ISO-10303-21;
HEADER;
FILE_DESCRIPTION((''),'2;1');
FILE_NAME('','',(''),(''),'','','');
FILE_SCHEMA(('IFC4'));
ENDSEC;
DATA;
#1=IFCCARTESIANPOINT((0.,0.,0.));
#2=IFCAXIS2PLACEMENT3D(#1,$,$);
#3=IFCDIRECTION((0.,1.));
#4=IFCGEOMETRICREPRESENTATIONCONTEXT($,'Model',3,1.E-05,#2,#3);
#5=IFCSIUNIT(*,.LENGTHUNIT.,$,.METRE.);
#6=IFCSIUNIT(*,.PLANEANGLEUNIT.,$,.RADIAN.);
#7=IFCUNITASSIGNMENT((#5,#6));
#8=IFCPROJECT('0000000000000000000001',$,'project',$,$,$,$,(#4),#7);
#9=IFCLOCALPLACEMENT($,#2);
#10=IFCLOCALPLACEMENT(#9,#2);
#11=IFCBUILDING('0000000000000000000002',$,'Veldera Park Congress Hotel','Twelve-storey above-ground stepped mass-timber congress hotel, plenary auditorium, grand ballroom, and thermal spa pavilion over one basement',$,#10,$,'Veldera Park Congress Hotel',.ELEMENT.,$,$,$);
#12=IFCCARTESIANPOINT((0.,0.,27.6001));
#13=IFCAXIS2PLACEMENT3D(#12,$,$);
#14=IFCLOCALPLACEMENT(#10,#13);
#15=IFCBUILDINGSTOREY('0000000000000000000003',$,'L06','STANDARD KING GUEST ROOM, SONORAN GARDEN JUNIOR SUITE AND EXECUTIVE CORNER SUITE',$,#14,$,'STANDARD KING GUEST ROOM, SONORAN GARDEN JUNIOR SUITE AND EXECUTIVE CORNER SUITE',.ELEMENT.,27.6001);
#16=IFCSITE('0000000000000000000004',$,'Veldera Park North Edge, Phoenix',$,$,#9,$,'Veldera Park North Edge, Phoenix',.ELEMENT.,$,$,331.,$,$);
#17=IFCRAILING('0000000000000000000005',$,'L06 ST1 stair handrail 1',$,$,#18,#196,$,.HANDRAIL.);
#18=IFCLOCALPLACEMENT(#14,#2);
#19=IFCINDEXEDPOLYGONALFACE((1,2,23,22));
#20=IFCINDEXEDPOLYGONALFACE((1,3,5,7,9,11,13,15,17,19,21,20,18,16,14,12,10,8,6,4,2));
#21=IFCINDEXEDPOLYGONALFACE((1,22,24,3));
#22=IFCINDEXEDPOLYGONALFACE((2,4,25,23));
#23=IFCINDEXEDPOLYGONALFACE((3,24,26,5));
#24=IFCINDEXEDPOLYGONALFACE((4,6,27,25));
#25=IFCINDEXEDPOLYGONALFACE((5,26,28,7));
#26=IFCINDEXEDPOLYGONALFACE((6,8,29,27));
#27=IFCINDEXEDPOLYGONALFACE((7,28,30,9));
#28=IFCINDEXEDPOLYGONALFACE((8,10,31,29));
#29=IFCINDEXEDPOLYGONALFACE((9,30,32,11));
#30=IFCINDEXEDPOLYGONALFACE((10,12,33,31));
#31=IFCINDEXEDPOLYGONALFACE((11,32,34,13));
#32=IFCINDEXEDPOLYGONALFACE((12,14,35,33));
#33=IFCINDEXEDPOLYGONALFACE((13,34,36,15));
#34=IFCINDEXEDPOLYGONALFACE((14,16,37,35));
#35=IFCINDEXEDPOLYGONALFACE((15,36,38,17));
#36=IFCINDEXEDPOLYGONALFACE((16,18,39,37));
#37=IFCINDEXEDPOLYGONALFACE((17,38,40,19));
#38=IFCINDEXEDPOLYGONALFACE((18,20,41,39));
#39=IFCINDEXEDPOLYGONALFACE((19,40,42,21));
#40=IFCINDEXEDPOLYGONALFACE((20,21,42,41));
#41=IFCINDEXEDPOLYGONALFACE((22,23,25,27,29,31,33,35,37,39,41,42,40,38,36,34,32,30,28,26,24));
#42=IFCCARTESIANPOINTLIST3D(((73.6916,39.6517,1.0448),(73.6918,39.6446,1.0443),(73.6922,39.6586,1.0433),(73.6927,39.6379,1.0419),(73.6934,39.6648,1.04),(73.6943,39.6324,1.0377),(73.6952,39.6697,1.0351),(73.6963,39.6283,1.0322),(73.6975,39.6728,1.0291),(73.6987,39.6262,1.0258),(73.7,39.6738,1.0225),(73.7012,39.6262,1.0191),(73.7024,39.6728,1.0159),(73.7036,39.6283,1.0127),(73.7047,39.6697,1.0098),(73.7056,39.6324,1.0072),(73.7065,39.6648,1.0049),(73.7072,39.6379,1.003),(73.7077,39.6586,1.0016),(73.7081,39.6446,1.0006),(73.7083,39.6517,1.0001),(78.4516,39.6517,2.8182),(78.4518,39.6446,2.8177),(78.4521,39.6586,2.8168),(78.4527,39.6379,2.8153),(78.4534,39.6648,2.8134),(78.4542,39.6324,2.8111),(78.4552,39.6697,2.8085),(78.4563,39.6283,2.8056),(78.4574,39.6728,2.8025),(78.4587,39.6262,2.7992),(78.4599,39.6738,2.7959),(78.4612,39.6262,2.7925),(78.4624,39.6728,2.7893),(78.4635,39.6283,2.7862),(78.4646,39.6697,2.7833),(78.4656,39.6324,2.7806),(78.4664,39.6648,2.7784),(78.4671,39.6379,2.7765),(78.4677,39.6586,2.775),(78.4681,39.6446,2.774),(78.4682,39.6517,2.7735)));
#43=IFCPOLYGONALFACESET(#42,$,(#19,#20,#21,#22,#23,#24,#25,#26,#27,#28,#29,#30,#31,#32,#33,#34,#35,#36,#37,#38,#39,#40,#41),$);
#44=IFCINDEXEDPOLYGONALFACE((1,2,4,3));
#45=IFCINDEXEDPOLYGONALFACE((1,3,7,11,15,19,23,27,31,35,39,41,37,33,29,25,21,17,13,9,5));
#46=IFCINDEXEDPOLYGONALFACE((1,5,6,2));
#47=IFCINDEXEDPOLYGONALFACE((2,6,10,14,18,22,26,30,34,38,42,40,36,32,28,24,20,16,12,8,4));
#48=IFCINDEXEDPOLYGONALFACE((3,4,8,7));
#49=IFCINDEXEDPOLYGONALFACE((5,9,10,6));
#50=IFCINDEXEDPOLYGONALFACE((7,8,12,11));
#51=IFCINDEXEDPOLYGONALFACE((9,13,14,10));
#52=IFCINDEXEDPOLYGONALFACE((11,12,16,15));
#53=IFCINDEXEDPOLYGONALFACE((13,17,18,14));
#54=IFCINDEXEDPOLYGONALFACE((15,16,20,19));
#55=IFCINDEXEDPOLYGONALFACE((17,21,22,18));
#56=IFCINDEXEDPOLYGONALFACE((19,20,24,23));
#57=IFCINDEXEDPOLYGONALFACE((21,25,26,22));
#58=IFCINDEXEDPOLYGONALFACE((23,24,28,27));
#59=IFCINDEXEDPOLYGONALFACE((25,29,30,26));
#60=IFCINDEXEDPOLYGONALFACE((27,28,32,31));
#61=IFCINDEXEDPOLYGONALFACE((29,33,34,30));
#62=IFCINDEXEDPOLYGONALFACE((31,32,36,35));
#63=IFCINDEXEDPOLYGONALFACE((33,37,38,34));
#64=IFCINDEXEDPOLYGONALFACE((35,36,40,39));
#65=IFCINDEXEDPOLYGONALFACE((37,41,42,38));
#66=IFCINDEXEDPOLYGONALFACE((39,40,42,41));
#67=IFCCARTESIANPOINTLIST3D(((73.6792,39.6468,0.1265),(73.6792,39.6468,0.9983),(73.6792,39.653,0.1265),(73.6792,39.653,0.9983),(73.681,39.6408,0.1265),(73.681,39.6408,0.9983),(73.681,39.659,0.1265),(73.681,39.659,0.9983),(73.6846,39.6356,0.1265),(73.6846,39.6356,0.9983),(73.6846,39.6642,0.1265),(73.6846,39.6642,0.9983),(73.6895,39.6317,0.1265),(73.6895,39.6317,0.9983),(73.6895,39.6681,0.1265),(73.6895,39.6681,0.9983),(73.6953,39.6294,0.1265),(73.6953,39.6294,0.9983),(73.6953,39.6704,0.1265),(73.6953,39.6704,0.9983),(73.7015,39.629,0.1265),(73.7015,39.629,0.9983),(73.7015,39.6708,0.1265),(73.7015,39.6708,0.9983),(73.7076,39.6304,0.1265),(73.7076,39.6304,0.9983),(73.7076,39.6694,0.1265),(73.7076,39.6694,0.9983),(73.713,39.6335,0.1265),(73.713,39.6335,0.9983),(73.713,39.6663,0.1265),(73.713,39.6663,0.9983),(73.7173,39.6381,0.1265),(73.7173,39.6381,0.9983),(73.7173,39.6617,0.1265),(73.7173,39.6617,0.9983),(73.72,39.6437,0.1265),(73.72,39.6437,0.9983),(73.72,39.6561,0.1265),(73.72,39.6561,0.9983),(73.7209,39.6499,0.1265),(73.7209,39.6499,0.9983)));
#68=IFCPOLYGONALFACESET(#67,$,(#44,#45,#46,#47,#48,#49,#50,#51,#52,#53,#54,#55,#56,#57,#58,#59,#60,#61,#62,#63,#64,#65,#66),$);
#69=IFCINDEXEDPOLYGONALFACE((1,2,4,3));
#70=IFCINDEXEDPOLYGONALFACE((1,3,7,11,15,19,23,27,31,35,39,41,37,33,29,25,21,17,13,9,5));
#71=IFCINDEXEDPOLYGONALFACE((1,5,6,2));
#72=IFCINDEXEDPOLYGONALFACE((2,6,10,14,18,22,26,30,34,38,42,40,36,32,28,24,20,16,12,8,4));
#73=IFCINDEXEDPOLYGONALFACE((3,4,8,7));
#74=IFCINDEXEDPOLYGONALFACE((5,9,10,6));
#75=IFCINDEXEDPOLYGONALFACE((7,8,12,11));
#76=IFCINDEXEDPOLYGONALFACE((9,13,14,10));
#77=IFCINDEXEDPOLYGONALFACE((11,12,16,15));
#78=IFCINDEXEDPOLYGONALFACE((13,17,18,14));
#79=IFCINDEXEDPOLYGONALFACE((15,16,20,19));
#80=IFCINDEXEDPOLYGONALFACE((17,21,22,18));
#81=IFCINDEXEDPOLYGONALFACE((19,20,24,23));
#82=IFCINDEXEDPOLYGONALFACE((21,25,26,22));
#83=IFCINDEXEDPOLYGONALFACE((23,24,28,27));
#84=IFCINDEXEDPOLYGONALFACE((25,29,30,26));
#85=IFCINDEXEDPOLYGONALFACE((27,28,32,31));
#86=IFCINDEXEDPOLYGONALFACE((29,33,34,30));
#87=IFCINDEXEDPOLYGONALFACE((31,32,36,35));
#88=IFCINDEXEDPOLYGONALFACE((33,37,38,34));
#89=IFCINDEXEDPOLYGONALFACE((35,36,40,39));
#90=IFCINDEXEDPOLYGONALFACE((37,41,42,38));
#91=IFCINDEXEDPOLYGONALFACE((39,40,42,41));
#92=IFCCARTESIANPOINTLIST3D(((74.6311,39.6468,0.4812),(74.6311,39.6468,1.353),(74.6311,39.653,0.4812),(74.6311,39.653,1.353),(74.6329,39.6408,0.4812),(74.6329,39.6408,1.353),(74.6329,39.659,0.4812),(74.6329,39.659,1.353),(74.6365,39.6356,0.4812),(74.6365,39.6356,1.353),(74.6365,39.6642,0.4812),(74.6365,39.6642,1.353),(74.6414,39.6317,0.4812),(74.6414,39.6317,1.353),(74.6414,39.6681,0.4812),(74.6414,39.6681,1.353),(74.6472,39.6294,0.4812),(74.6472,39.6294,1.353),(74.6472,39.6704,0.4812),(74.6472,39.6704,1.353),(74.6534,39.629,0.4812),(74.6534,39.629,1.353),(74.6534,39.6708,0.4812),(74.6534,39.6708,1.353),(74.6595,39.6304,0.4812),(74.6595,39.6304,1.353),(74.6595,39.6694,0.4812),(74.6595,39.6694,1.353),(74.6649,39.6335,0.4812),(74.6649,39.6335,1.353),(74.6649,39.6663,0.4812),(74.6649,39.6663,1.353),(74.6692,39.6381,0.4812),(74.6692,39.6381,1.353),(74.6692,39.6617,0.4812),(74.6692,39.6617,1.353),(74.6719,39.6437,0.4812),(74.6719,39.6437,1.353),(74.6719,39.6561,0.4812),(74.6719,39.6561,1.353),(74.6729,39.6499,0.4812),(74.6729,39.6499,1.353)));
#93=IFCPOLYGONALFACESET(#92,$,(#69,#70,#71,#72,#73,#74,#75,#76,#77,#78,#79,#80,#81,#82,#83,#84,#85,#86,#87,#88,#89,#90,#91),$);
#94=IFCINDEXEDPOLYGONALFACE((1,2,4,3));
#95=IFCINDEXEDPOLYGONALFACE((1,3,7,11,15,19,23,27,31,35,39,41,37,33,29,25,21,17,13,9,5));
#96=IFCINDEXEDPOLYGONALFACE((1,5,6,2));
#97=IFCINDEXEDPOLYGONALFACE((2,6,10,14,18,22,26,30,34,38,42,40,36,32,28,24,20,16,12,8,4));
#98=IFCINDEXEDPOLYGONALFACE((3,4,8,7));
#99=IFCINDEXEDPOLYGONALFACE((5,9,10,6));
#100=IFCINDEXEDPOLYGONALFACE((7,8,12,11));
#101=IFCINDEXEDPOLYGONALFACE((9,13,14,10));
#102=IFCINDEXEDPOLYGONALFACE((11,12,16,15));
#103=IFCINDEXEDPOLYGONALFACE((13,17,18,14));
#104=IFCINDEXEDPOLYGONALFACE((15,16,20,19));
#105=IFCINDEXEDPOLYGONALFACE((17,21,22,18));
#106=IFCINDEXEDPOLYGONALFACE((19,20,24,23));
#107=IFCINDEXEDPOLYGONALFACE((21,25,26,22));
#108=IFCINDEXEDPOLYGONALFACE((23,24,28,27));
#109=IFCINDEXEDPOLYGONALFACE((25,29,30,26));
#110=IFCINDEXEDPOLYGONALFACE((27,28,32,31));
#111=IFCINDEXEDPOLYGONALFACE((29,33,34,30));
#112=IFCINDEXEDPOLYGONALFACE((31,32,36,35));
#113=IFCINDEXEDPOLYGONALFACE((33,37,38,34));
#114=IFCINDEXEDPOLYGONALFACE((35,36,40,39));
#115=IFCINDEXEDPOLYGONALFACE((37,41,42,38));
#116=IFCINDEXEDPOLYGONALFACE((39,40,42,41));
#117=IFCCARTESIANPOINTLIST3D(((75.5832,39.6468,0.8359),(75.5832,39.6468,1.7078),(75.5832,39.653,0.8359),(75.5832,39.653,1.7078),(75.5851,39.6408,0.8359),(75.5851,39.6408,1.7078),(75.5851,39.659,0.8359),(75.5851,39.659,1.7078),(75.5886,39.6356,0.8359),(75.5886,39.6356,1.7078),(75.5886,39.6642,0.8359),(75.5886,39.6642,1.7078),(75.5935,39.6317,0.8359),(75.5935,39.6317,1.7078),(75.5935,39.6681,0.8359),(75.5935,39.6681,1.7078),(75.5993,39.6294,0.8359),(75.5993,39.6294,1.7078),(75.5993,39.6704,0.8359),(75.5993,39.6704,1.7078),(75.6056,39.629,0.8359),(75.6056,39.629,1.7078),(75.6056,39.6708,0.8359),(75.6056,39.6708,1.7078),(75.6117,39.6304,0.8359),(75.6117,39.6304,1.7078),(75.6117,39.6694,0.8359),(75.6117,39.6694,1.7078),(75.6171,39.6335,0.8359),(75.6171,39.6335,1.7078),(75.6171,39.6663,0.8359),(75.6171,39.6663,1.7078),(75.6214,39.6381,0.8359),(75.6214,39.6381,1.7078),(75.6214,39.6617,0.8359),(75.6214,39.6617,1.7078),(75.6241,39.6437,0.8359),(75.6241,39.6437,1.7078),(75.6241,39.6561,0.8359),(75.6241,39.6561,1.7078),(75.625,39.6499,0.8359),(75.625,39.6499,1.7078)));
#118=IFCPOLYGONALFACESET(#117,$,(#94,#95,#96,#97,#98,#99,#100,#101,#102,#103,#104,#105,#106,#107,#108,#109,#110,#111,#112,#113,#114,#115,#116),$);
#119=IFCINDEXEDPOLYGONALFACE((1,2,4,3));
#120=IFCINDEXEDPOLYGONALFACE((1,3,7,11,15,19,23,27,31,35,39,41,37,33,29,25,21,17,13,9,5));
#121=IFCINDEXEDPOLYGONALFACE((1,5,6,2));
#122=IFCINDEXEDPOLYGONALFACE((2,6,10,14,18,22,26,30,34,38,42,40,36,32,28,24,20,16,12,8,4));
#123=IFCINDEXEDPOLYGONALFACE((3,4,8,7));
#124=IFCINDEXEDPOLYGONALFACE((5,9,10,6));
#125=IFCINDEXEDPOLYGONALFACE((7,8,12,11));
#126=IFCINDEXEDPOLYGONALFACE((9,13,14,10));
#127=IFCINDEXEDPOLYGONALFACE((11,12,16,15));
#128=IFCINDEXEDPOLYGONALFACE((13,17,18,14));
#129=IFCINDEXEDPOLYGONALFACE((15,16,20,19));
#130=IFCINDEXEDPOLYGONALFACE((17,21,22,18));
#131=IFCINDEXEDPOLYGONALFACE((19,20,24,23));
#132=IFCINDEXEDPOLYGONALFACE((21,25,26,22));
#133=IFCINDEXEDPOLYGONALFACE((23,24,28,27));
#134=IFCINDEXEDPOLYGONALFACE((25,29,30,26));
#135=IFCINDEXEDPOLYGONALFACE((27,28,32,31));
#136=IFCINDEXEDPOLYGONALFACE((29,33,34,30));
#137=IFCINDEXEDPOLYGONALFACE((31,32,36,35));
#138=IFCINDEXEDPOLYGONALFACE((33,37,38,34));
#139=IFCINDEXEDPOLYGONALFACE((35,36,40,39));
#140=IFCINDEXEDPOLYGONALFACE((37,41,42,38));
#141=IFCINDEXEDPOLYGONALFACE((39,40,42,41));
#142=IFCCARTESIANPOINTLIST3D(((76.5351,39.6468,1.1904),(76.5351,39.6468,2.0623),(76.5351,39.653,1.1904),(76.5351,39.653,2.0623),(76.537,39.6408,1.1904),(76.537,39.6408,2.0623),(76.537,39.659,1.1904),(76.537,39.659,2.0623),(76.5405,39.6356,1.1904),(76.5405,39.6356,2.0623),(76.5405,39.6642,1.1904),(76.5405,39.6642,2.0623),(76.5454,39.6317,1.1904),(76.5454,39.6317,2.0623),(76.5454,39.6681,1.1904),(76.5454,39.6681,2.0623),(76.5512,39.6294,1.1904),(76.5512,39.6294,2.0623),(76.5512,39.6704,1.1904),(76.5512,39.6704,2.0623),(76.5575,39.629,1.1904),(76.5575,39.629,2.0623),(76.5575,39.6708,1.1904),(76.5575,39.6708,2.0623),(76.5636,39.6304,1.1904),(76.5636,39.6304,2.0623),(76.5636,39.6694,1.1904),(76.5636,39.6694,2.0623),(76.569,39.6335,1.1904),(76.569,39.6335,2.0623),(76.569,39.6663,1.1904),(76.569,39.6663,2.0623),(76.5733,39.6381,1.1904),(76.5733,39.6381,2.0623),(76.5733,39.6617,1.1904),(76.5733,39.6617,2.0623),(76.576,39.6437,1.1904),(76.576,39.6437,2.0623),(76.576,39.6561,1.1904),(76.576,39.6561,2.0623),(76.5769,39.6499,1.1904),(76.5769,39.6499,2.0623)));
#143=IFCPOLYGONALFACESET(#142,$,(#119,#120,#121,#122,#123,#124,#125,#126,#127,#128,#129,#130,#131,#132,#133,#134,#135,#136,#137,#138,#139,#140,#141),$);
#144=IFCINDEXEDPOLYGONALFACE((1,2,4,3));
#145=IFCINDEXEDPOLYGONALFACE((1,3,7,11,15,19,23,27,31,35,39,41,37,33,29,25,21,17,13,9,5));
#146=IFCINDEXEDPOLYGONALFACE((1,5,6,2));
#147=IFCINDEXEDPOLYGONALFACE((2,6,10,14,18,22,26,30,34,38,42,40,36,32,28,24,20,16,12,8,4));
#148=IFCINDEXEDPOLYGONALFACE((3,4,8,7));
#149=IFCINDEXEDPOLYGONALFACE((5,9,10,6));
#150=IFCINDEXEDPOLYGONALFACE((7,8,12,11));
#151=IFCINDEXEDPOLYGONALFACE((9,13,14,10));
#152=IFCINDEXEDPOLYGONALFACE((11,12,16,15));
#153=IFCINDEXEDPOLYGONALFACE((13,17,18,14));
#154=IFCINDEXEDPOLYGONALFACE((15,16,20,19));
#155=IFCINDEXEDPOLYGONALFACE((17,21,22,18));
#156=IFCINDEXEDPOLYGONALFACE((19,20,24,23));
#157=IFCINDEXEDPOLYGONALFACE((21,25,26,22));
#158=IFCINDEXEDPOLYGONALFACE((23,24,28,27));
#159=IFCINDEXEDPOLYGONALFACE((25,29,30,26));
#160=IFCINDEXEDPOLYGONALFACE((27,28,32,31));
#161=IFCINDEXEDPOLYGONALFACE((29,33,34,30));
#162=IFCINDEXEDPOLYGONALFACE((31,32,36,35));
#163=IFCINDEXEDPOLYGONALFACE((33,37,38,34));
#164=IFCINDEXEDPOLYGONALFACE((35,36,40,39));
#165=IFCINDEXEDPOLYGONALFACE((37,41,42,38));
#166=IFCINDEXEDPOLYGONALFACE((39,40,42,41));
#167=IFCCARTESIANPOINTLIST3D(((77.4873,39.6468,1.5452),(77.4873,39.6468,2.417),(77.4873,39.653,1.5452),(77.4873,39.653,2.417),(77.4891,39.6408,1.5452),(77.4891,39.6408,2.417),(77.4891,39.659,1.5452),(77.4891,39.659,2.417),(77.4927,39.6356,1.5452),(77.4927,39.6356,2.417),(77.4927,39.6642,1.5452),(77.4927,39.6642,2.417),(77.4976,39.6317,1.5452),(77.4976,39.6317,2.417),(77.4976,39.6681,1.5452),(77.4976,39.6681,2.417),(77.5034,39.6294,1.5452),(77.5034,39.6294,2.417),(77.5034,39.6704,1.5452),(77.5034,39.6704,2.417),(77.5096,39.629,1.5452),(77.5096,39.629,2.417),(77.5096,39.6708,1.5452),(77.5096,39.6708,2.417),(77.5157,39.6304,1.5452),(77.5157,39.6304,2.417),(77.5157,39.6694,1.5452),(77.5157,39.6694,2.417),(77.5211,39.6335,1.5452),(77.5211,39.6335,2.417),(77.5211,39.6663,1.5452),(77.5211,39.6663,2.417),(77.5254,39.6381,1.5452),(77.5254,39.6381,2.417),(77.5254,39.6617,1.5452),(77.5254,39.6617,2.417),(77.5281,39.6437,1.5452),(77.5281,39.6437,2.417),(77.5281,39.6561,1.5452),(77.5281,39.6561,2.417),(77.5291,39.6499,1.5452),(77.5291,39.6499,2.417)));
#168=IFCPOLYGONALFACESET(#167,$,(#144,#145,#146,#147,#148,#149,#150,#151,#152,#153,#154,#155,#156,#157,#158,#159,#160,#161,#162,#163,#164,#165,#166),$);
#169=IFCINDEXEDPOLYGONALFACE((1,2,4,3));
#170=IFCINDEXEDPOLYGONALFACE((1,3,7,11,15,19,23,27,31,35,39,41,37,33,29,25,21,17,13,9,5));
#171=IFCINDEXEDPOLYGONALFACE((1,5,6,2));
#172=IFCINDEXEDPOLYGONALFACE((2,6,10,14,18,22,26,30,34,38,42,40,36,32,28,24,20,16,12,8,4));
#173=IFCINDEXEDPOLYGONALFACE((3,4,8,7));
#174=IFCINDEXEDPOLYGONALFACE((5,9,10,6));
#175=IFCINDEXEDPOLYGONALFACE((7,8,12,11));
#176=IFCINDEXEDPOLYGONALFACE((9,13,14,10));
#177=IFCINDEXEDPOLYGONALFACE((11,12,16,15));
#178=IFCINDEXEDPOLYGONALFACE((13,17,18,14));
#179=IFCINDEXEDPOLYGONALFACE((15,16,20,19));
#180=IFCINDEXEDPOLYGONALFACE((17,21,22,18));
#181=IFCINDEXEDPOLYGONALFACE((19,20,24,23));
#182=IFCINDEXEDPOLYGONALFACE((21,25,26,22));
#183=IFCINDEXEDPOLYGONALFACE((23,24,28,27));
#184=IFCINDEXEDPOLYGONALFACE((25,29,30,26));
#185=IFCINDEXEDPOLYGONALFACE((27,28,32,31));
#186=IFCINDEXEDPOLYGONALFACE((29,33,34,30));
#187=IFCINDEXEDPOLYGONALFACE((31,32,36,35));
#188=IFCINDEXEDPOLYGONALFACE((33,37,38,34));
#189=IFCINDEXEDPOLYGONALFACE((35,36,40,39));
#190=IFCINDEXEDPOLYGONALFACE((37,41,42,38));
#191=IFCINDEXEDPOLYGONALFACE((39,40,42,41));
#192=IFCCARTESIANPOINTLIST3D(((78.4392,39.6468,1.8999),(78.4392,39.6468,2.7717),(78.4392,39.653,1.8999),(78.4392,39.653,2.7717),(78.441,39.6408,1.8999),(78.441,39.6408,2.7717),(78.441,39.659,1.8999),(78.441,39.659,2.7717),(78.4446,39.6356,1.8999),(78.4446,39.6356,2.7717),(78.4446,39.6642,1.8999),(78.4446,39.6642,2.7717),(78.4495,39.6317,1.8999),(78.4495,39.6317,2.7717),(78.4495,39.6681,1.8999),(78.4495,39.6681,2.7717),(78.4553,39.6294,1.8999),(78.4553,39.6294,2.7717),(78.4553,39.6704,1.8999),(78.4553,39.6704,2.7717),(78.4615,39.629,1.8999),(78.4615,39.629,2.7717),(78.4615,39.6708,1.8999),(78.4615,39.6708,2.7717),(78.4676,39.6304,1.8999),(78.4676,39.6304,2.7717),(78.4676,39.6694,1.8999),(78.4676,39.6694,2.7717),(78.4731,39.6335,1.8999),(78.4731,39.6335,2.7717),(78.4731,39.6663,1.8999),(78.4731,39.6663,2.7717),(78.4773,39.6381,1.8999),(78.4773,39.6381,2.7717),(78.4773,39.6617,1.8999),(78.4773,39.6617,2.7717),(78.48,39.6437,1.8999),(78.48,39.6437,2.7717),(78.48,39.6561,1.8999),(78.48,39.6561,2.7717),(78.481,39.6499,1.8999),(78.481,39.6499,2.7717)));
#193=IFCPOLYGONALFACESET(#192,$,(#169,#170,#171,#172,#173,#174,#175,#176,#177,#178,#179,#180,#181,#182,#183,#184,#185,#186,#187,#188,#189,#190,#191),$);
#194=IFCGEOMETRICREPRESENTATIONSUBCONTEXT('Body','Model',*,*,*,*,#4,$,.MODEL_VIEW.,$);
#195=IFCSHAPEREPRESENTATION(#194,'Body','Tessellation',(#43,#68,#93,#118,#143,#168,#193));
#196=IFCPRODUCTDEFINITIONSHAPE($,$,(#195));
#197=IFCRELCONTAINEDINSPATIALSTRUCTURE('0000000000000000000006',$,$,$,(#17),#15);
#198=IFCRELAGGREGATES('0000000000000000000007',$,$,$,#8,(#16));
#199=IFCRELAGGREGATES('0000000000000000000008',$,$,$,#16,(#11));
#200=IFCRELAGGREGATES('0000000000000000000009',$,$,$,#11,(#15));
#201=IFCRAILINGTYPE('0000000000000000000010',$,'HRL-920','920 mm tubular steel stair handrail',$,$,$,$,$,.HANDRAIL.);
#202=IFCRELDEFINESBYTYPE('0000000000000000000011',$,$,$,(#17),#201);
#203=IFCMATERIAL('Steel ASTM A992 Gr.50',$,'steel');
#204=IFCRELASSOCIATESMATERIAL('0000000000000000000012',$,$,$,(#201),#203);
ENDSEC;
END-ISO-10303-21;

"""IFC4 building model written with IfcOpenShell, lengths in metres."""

from ifc_helpers import new_model, si_unit, direction, frame, origin, origin_2d, place, context, subcontext, project, spatial, circle, extrude, material, type_object, element, save


model = new_model("IFC4")

# Units and contexts
model_context = context("Model", 3, precision=1e-05, world=origin(), true_north=direction((0.0, 1.0)))
body_context = subcontext(model_context, "Body", "Model", "MODEL_VIEW")
ifc_project = project(units=[si_unit("LENGTHUNIT", "METRE"), si_unit("PLANEANGLEUNIT", "RADIAN")], contexts=[model_context])

# Site, building, storey
site_placement = place(None, origin())
site = spatial("IfcSite", under=ifc_project, at=site_placement, Name="Veldera Park North Edge, Phoenix", LongName="Veldera Park North Edge, Phoenix", CompositionType="ELEMENT", RefElevation=331.0)
building_placement = place(site_placement, origin())
building = spatial("IfcBuilding", under=site, at=building_placement, Name="Veldera Park Congress Hotel", Description="Twelve-storey above-ground stepped mass-timber congress hotel, plenary auditorium, grand ballroom, and thermal spa pavilion over one basement", LongName="Veldera Park Congress Hotel", CompositionType="ELEMENT")
storey_placement = place(building_placement, frame((0.0, 0.0, 27.6001)))
storey = spatial("IfcBuildingStorey", under=building, at=storey_placement, Name="L06", Description="STANDARD KING GUEST ROOM, SONORAN GARDEN JUNIOR SUITE AND EXECUTIVE CORNER SUITE", LongName="STANDARD KING GUEST ROOM, SONORAN GARDEN JUNIOR SUITE AND EXECUTIVE CORNER SUITE", CompositionType="ELEMENT", Elevation=27.6001)

# Railing
ifc_material_1 = material(Name="Steel ASTM A992 Gr.50", Category="steel")
railing_type_1 = type_object("IfcRailingType", Name="HRL-920", Description="920 mm tubular steel stair handrail", PredefinedType="HANDRAIL", material=ifc_material_1)
railing_1_placement = place(storey_placement, frame((73.7, 39.6499, 0.1265)))
element("IfcRailing", 1, at=railing_1_placement, inside=storey, type_object=railing_type_1, Name="L06 ST1 stair handrail 1", PredefinedType="HANDRAIL", context=body_context, shape_type="SweptSolid", body=[
    extrude(circle(Radius=0.0239, at=origin_2d()), frame((0.0, 0.0, 0.896), z_axis=(0.937076, 0.0, 0.349126), x_axis=(0.0, 1.0, 0.0)), (0.0, 0.0, 1.0), 5.0796),
    extrude(circle(Radius=0.021, at=origin_2d()), origin(), (0.0, 0.0, 1.0), 0.8718),
    extrude(circle(Radius=0.021, at=origin_2d()), frame((0.9519, 0.0, 0.3547)), (0.0, 0.0, 1.0), 0.8718),
    extrude(circle(Radius=0.021, at=origin_2d()), frame((1.9041, 0.0, 0.7095)), (0.0, 0.0, 1.0), 0.8718),
    extrude(circle(Radius=0.021, at=origin_2d()), frame((2.856, 0.0, 1.064)), (0.0, 0.0, 1.0), 0.8718),
    extrude(circle(Radius=0.021, at=origin_2d()), frame((3.8081, 0.0, 1.4187)), (0.0, 0.0, 1.0), 0.8718),
    extrude(circle(Radius=0.021, at=origin_2d()), frame((4.76, 0.0, 1.7734)), (0.0, 0.0, 1.0), 0.8718),
])

save(model, "model.ifc")
